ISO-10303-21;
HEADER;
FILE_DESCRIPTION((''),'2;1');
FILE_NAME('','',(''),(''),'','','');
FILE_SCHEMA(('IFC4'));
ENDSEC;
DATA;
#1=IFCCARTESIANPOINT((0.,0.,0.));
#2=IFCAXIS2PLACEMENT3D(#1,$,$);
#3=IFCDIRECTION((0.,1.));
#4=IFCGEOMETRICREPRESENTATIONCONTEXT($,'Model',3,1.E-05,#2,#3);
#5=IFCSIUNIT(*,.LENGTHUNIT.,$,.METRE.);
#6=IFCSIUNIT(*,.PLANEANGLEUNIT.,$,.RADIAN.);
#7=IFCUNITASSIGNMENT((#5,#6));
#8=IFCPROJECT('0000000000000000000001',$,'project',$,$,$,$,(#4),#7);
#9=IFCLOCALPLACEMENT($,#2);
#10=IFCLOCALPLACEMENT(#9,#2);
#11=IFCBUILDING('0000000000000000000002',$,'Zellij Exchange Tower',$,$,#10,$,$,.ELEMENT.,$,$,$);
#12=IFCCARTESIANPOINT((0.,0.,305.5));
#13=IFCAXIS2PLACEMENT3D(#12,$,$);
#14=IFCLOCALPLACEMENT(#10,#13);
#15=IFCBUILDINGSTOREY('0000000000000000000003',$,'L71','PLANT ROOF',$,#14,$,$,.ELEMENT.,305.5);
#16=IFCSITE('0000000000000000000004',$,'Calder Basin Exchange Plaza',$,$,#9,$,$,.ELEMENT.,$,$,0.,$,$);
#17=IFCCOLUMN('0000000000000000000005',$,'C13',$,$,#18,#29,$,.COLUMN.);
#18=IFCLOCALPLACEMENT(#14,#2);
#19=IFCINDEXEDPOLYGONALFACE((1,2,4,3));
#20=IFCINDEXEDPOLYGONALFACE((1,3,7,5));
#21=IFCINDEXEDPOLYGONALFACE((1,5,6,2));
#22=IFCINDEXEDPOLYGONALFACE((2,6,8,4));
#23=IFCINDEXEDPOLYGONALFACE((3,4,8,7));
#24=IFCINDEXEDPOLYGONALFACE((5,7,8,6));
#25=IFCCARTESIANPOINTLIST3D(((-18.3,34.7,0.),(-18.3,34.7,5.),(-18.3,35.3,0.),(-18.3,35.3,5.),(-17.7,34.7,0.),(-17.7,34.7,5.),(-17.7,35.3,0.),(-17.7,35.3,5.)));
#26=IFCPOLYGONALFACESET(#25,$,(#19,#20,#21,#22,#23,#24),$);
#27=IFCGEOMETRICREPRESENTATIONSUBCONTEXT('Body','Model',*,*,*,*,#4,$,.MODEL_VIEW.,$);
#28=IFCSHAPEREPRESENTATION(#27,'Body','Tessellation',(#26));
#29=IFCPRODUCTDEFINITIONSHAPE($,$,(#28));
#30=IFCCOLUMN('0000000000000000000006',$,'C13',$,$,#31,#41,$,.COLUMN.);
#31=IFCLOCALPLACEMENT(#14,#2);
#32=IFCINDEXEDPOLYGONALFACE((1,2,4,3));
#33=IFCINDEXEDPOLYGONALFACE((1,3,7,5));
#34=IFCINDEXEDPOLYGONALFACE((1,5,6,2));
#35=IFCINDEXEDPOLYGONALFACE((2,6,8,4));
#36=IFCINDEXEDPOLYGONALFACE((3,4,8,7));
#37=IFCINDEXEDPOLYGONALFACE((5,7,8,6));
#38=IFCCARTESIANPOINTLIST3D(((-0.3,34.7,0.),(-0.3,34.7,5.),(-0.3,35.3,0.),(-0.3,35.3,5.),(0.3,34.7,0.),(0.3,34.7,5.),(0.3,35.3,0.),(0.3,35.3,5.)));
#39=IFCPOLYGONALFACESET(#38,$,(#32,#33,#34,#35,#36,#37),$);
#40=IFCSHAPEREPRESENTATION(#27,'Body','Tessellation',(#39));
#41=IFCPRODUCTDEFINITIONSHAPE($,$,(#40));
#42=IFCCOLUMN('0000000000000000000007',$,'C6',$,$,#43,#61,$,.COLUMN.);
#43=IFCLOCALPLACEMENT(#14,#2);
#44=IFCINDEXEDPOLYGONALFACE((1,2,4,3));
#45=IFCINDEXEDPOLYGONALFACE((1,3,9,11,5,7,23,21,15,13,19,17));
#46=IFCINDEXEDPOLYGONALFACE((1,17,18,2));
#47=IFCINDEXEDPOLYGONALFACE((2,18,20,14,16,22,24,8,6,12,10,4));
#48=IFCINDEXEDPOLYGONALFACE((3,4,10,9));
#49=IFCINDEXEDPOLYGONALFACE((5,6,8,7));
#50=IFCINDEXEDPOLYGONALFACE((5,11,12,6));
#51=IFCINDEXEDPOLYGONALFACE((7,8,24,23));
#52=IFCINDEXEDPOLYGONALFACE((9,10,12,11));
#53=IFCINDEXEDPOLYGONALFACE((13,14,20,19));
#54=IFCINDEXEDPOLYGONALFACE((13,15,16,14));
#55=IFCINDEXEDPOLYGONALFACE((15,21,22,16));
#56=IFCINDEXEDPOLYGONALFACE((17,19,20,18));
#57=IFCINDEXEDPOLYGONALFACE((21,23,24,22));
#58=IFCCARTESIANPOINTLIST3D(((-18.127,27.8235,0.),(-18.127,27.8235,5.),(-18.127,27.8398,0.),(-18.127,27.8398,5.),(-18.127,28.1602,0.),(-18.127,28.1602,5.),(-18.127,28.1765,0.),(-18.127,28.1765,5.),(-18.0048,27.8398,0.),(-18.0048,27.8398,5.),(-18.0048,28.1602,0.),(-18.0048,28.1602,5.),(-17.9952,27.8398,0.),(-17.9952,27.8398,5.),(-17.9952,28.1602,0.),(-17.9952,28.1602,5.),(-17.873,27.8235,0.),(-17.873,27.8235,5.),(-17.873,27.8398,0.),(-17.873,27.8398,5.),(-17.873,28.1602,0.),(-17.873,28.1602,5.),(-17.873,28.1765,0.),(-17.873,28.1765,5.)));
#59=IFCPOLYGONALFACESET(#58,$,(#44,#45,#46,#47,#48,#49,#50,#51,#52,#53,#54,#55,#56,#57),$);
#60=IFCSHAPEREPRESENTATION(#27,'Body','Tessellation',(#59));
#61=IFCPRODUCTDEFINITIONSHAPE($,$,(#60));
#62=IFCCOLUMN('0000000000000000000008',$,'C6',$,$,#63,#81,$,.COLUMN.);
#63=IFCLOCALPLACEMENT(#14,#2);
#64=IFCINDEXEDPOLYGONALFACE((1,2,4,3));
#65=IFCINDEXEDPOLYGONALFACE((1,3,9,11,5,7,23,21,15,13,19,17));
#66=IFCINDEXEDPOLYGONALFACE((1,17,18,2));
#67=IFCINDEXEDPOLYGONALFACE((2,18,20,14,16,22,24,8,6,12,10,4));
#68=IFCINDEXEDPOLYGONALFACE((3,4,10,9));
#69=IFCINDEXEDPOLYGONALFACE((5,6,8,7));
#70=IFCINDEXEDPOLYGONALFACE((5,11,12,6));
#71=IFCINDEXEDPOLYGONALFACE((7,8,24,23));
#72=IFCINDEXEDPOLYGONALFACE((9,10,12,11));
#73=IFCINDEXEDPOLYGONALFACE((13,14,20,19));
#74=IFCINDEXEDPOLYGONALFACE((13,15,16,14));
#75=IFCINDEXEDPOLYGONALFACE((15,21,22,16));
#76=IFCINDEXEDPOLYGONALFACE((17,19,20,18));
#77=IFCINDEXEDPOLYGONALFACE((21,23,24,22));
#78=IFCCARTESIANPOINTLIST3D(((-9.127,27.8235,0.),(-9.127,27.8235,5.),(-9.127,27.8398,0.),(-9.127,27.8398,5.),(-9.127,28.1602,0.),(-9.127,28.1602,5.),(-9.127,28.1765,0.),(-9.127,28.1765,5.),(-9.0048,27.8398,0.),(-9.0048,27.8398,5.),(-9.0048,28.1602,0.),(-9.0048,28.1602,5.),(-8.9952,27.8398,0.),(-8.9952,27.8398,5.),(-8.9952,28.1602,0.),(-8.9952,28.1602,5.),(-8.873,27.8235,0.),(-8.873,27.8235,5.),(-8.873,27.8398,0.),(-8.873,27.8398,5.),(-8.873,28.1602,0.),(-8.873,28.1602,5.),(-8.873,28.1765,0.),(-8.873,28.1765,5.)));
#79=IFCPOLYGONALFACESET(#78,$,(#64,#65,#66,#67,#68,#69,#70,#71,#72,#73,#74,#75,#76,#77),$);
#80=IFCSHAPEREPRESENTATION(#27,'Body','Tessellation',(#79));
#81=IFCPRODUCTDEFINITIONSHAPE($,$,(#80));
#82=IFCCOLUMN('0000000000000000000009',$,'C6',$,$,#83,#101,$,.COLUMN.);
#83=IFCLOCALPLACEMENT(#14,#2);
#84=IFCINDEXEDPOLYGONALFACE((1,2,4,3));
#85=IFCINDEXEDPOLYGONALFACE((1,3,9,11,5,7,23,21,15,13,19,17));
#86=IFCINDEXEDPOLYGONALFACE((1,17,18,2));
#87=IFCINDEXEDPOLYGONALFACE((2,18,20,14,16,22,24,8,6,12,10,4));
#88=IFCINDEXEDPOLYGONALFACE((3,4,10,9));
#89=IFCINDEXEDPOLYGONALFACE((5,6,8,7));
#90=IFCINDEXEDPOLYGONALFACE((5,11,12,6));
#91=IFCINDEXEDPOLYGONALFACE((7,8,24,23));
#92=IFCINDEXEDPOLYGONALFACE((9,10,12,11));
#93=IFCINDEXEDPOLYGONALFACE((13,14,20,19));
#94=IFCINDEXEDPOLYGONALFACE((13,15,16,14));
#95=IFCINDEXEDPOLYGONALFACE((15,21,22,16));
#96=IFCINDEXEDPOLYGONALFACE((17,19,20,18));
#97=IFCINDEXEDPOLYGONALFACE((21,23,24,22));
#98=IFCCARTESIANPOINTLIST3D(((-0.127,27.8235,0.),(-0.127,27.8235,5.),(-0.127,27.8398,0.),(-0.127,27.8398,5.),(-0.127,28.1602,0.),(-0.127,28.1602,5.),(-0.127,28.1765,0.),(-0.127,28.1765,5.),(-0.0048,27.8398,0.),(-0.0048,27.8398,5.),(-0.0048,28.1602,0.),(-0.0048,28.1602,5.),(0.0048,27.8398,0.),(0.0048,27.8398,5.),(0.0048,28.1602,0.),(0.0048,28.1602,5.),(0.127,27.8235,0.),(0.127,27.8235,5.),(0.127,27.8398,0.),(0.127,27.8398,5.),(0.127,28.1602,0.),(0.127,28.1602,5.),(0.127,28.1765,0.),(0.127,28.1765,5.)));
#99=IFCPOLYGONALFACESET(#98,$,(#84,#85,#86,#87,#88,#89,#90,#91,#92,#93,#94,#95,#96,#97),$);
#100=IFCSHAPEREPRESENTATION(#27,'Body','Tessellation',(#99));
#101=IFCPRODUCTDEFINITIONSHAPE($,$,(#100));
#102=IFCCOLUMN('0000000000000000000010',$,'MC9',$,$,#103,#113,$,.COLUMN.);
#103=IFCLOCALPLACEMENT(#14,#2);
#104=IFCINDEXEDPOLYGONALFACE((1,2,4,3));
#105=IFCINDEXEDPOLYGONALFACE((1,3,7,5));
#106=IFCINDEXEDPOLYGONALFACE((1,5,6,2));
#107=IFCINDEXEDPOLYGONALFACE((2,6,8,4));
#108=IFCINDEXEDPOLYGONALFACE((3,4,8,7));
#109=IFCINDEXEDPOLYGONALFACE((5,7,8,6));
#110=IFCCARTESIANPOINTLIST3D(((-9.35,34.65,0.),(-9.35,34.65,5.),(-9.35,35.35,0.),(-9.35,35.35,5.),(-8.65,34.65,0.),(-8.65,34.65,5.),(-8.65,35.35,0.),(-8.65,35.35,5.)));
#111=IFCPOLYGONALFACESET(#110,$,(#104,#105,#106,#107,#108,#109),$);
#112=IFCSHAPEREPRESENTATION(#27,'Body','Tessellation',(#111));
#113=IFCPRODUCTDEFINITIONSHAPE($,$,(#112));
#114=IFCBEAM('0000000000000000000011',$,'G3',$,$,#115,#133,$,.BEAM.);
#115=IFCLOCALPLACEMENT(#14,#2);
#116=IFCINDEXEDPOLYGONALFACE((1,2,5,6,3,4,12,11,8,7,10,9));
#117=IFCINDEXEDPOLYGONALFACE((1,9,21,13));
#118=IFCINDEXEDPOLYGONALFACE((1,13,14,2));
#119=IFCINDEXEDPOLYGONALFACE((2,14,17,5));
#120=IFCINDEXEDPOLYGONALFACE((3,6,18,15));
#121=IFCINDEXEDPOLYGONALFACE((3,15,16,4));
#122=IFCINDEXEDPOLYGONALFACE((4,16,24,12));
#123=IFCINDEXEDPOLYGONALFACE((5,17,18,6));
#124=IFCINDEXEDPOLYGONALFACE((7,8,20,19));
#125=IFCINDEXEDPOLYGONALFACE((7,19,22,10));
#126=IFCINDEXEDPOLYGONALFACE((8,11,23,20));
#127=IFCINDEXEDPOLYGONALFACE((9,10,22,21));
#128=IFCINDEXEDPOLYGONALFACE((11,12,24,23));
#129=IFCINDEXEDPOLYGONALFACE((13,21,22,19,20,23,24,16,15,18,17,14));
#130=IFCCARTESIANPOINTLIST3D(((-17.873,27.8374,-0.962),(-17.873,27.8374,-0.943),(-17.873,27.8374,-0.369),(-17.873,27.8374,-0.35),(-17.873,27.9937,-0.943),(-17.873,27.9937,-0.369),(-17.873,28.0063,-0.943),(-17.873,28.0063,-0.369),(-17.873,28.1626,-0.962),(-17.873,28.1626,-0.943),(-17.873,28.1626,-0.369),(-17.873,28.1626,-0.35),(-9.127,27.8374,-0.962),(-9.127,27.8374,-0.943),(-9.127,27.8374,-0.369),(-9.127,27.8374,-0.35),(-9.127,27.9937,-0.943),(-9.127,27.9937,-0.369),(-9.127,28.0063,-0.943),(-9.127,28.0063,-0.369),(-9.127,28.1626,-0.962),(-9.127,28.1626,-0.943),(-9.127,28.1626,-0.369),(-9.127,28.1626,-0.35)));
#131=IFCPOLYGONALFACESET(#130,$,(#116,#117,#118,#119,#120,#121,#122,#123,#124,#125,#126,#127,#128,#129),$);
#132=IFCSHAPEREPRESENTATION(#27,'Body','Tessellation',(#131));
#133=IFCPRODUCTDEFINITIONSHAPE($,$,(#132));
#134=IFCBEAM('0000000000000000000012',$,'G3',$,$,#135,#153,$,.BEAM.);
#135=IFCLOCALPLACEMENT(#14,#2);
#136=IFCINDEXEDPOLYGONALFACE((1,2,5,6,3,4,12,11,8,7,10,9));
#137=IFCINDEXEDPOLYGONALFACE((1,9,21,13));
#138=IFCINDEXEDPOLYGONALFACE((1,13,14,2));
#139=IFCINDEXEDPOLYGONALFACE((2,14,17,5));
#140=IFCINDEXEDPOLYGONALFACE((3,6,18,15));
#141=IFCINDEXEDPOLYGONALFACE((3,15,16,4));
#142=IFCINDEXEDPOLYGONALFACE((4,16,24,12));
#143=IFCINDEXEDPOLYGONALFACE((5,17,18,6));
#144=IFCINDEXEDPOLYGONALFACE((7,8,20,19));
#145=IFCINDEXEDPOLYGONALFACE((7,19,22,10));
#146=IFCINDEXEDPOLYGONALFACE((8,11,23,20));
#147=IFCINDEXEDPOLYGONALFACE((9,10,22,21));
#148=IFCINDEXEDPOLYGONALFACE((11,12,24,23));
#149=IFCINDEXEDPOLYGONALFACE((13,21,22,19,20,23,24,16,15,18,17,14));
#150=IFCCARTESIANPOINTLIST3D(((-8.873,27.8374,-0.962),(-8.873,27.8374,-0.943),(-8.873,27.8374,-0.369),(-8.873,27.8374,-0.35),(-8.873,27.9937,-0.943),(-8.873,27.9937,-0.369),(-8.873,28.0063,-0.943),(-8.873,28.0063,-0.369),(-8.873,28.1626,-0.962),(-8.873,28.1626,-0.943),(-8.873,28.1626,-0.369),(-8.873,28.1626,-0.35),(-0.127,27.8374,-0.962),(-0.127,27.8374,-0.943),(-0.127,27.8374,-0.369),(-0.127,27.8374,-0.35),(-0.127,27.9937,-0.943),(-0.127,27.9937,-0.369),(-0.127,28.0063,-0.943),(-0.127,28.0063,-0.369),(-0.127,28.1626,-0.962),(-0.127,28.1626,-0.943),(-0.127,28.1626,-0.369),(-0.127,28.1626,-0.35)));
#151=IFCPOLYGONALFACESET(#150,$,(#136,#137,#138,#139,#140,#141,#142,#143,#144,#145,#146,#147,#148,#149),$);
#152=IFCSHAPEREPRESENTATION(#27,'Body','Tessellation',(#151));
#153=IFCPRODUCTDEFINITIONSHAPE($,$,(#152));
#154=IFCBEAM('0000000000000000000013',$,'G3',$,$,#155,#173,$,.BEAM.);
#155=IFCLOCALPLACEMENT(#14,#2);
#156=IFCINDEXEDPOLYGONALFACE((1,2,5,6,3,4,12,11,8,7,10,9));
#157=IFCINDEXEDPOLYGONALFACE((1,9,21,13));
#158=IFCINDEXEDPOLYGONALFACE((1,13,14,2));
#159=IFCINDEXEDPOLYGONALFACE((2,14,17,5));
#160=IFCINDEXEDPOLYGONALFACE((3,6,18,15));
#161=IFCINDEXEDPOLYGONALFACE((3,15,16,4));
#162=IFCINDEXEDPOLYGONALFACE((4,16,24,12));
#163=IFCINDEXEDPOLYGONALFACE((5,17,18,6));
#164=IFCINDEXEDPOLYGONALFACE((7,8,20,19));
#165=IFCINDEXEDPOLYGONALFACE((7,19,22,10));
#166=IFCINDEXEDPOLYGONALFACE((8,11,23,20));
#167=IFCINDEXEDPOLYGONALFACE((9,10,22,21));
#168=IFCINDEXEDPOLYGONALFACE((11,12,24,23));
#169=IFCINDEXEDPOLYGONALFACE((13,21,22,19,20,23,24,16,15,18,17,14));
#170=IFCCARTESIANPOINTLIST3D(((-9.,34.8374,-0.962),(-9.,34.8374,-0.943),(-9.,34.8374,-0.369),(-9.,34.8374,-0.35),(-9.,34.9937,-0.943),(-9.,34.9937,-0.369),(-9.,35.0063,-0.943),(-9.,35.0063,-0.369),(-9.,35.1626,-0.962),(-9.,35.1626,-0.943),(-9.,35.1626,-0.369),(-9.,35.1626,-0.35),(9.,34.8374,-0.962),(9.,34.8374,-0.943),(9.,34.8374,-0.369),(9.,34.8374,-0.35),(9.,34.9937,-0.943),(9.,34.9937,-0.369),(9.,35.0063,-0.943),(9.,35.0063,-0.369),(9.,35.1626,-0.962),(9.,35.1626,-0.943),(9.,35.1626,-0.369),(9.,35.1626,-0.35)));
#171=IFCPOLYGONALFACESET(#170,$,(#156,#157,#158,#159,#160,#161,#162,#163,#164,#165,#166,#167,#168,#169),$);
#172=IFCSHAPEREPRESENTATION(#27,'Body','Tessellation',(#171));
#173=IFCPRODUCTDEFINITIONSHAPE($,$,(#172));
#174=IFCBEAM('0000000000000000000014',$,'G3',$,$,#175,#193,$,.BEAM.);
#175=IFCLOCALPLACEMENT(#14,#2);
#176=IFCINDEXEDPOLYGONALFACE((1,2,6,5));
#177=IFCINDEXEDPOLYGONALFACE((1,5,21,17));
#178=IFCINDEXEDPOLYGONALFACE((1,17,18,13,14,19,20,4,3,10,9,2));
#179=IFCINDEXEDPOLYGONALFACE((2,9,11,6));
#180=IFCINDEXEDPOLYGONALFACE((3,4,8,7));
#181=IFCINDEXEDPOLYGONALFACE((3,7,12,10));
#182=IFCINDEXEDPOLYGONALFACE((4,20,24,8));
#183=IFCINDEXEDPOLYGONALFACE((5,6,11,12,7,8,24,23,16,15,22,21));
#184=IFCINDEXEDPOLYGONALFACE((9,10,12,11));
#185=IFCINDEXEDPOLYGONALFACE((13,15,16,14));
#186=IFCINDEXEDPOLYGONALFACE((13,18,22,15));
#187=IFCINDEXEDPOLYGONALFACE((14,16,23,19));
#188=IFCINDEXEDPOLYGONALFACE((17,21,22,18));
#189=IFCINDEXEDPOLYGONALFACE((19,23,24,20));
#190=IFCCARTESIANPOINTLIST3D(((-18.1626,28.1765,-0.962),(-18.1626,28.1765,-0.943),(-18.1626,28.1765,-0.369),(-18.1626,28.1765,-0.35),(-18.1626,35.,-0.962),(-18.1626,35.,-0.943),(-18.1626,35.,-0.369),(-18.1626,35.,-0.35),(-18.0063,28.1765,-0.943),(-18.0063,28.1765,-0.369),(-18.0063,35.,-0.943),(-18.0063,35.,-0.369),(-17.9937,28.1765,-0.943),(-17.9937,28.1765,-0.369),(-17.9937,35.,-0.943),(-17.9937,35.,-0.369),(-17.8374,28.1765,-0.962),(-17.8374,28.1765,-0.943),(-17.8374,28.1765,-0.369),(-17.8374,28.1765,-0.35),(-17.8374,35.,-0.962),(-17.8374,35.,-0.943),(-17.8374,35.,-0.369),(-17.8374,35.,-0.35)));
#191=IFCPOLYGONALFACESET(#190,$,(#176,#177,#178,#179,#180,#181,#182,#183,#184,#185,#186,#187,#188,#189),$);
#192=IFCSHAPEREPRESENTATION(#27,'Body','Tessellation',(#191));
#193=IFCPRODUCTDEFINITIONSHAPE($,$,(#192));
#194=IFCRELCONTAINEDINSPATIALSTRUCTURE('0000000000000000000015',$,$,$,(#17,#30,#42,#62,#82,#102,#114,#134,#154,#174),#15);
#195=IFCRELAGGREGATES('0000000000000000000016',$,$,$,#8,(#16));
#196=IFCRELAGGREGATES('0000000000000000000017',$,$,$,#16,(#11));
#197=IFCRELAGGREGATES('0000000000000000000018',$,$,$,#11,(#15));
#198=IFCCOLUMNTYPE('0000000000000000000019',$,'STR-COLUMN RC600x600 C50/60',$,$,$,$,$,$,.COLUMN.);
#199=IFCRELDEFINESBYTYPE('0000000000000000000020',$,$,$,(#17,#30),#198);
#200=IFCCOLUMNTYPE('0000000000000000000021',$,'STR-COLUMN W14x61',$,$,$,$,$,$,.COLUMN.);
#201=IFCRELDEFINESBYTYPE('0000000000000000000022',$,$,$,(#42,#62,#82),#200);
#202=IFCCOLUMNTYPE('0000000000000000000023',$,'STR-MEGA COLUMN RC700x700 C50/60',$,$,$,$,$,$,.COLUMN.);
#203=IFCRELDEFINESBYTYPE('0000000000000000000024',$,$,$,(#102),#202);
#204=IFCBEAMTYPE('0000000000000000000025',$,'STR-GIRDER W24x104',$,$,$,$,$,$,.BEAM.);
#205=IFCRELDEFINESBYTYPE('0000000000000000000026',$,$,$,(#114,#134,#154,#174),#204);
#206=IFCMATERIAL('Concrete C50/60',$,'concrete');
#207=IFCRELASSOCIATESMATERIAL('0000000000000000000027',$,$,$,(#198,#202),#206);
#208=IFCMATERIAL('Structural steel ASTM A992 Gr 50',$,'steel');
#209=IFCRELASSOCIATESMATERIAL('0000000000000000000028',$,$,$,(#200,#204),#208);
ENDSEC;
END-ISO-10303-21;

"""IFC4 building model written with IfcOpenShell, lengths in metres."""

from ifc_helpers import new_model, si_unit, direction, frame, origin, origin_2d, place, context, subcontext, project, spatial, rectangle, i_section, extrude, material, material_profile, profile_set, type_object, element, save


model = new_model("IFC4")

# Units and contexts
model_context = context("Model", 3, precision=1e-05, world=origin(), true_north=direction((0.0, 1.0)))
body_context = subcontext(model_context, "Body", "Model", "MODEL_VIEW")
ifc_project = project(units=[si_unit("LENGTHUNIT", "METRE"), si_unit("PLANEANGLEUNIT", "RADIAN")], contexts=[model_context])

# Site, building, storey
site_placement = place(None, origin())
site = spatial("IfcSite", under=ifc_project, at=site_placement, Name="Calder Basin Exchange Plaza", CompositionType="ELEMENT", RefElevation=0.0)
building_placement = place(site_placement, origin())
building = spatial("IfcBuilding", under=site, at=building_placement, Name="Zellij Exchange Tower", CompositionType="ELEMENT")
storey_placement = place(building_placement, frame((0.0, 0.0, 305.5)))
storey = spatial("IfcBuildingStorey", under=building, at=storey_placement, Name="L71", Description="PLANT ROOF", CompositionType="ELEMENT", Elevation=305.5)

# Columns
ifc_material_1 = material(Name="Concrete C50/60", Category="concrete")
ifc_material_profile_1 = material_profile(ifc_material_1, rectangle(XDim=0.6001, YDim=0.6001, at=origin_2d()), Name="STR-COLUMN RC600x600 C50/60")
ifc_profile_set_1 = profile_set([ifc_material_profile_1], Name="Concrete C50/60")
column_type_1 = type_object("IfcColumnType", Name="STR-COLUMN RC600x600 C50/60", PredefinedType="COLUMN", material=ifc_profile_set_1)
for number, where, z_axis, x_axis, name in (
    (1, (-18.0, 35.0, 0.0), (0.0, 0.0, 1.0), (1.0, 0.0, 0.0), "C13"),
    (2, (0.0, 35.0, 0.0), (0.0, 0.0, 1.0), (1.0, 0.0, 0.0), "C13"),
):
    element("IfcColumn", number, at=place(storey_placement, frame(where, z_axis=z_axis, x_axis=x_axis)), inside=storey, type_object=column_type_1, Name=name, PredefinedType="COLUMN", context=body_context, shape_type="SweptSolid", body=[
        extrude(rectangle(XDim=0.6001, YDim=0.6001, at=origin_2d()), origin(), (0.0, 0.0, 1.0), 5.0),
    ])
ifc_material_2 = material(Name="Structural steel ASTM A992 Gr 50", Category="steel")
ifc_material_profile_2 = material_profile(ifc_material_2, i_section(OverallWidth=0.2539, OverallDepth=0.353, WebThickness=0.0095, FlangeThickness=0.0164, at=origin_2d()), Name="W14x61")
ifc_profile_set_2 = profile_set([ifc_material_profile_2], Name="Structural steel ASTM A992 Gr 50")
column_type_2 = type_object("IfcColumnType", Name="STR-COLUMN W14x61", PredefinedType="COLUMN", material=ifc_profile_set_2)
for number, where, z_axis, x_axis, name in (
    (3, (-18.0, 28.0, 0.0), (0.0, 0.0, 1.0), (1.0, 0.0, 0.0), "C6"),
    (4, (-9.0, 28.0, 0.0), (0.0, 0.0, 1.0), (1.0, 0.0, 0.0), "C6"),
    (5, (0.0, 28.0, 0.0), (0.0, 0.0, 1.0), (1.0, 0.0, 0.0), "C6"),
):
    element("IfcColumn", number, at=place(storey_placement, frame(where, z_axis=z_axis, x_axis=x_axis)), inside=storey, type_object=column_type_2, Name=name, PredefinedType="COLUMN", context=body_context, shape_type="SweptSolid", body=[
        extrude(i_section(OverallWidth=0.2539, OverallDepth=0.353, WebThickness=0.0095, FlangeThickness=0.0164, at=origin_2d()), origin(), (0.0, 0.0, 1.0), 5.0),
    ])
ifc_material_profile_3 = material_profile(ifc_material_1, rectangle(XDim=0.7, YDim=0.7, at=origin_2d()), Name="STR-MEGA COLUMN RC700x700 C50/60")
ifc_profile_set_3 = profile_set([ifc_material_profile_3], Name="Concrete C50/60")
column_type_3 = type_object("IfcColumnType", Name="STR-MEGA COLUMN RC700x700 C50/60", PredefinedType="COLUMN", material=ifc_profile_set_3)
column_placement = place(storey_placement, frame((-9.0, 35.0, 0.0), z_axis=(0.0, 0.0, 1.0), x_axis=(1.0, 0.0, 0.0)))
element("IfcColumn", 6, at=column_placement, inside=storey, type_object=column_type_3, Name="MC9", PredefinedType="COLUMN", context=body_context, shape_type="SweptSolid", body=[
    extrude(rectangle(XDim=0.7, YDim=0.7, at=origin_2d()), origin(), (0.0, 0.0, 1.0), 5.0),
])

# Beams
ifc_material_profile_4 = material_profile(ifc_material_2, i_section(OverallWidth=0.3252, OverallDepth=0.6121, WebThickness=0.0127, FlangeThickness=0.019, at=origin_2d()), Name="W24x104")
ifc_profile_set_4 = profile_set([ifc_material_profile_4], Name="Structural steel ASTM A992 Gr 50")
beam_type = type_object("IfcBeamType", Name="STR-GIRDER W24x104", PredefinedType="BEAM", material=ifc_profile_set_4)
for number, where, z_axis, x_axis, name in (
    (7, (-17.873, 28.0, -0.656), (1.0, 0.0, 0.0), (0.0, 1.0, 0.0), "G3"),
    (8, (-8.873, 28.0, -0.656), (1.0, 0.0, 0.0), (0.0, 1.0, 0.0), "G3"),
):
    element("IfcBeam", number, at=place(storey_placement, frame(where, z_axis=z_axis, x_axis=x_axis)), inside=storey, type_object=beam_type, Name=name, PredefinedType="BEAM", context=body_context, shape_type="SweptSolid", body=[
        extrude(i_section(OverallWidth=0.3252, OverallDepth=0.6121, WebThickness=0.0127, FlangeThickness=0.019, at=origin_2d()), origin(), (0.0, 0.0, 1.0), 8.7461),
    ])
beam_placement = place(storey_placement, frame((-9.0, 35.0, -0.656), z_axis=(1.0, 0.0, 0.0), x_axis=(0.0, 1.0, 0.0)))
element("IfcBeam", 9, at=beam_placement, inside=storey, type_object=beam_type, Name="G3", PredefinedType="BEAM", context=body_context, shape_type="SweptSolid", body=[
    extrude(i_section(OverallWidth=0.3252, OverallDepth=0.6121, WebThickness=0.0127, FlangeThickness=0.019, at=origin_2d()), origin(), (0.0, 0.0, 1.0), 18.0),
])
for number, where, z_axis, x_axis, name in (
    (10, (-18.0, 28.1765, -0.656), (0.0, 1.0, 0.0), (-1.0, 0.0, 0.0), "G3"),
):
    element("IfcBeam", number, at=place(storey_placement, frame(where, z_axis=z_axis, x_axis=x_axis)), inside=storey, type_object=beam_type, Name=name, PredefinedType="BEAM", context=body_context, shape_type="SweptSolid", body=[
        extrude(i_section(OverallWidth=0.3252, OverallDepth=0.6121, WebThickness=0.0127, FlangeThickness=0.019, at=origin_2d()), origin(), (0.0, 0.0, 1.0), 6.8235),
    ])

save(model, "model.ifc")
